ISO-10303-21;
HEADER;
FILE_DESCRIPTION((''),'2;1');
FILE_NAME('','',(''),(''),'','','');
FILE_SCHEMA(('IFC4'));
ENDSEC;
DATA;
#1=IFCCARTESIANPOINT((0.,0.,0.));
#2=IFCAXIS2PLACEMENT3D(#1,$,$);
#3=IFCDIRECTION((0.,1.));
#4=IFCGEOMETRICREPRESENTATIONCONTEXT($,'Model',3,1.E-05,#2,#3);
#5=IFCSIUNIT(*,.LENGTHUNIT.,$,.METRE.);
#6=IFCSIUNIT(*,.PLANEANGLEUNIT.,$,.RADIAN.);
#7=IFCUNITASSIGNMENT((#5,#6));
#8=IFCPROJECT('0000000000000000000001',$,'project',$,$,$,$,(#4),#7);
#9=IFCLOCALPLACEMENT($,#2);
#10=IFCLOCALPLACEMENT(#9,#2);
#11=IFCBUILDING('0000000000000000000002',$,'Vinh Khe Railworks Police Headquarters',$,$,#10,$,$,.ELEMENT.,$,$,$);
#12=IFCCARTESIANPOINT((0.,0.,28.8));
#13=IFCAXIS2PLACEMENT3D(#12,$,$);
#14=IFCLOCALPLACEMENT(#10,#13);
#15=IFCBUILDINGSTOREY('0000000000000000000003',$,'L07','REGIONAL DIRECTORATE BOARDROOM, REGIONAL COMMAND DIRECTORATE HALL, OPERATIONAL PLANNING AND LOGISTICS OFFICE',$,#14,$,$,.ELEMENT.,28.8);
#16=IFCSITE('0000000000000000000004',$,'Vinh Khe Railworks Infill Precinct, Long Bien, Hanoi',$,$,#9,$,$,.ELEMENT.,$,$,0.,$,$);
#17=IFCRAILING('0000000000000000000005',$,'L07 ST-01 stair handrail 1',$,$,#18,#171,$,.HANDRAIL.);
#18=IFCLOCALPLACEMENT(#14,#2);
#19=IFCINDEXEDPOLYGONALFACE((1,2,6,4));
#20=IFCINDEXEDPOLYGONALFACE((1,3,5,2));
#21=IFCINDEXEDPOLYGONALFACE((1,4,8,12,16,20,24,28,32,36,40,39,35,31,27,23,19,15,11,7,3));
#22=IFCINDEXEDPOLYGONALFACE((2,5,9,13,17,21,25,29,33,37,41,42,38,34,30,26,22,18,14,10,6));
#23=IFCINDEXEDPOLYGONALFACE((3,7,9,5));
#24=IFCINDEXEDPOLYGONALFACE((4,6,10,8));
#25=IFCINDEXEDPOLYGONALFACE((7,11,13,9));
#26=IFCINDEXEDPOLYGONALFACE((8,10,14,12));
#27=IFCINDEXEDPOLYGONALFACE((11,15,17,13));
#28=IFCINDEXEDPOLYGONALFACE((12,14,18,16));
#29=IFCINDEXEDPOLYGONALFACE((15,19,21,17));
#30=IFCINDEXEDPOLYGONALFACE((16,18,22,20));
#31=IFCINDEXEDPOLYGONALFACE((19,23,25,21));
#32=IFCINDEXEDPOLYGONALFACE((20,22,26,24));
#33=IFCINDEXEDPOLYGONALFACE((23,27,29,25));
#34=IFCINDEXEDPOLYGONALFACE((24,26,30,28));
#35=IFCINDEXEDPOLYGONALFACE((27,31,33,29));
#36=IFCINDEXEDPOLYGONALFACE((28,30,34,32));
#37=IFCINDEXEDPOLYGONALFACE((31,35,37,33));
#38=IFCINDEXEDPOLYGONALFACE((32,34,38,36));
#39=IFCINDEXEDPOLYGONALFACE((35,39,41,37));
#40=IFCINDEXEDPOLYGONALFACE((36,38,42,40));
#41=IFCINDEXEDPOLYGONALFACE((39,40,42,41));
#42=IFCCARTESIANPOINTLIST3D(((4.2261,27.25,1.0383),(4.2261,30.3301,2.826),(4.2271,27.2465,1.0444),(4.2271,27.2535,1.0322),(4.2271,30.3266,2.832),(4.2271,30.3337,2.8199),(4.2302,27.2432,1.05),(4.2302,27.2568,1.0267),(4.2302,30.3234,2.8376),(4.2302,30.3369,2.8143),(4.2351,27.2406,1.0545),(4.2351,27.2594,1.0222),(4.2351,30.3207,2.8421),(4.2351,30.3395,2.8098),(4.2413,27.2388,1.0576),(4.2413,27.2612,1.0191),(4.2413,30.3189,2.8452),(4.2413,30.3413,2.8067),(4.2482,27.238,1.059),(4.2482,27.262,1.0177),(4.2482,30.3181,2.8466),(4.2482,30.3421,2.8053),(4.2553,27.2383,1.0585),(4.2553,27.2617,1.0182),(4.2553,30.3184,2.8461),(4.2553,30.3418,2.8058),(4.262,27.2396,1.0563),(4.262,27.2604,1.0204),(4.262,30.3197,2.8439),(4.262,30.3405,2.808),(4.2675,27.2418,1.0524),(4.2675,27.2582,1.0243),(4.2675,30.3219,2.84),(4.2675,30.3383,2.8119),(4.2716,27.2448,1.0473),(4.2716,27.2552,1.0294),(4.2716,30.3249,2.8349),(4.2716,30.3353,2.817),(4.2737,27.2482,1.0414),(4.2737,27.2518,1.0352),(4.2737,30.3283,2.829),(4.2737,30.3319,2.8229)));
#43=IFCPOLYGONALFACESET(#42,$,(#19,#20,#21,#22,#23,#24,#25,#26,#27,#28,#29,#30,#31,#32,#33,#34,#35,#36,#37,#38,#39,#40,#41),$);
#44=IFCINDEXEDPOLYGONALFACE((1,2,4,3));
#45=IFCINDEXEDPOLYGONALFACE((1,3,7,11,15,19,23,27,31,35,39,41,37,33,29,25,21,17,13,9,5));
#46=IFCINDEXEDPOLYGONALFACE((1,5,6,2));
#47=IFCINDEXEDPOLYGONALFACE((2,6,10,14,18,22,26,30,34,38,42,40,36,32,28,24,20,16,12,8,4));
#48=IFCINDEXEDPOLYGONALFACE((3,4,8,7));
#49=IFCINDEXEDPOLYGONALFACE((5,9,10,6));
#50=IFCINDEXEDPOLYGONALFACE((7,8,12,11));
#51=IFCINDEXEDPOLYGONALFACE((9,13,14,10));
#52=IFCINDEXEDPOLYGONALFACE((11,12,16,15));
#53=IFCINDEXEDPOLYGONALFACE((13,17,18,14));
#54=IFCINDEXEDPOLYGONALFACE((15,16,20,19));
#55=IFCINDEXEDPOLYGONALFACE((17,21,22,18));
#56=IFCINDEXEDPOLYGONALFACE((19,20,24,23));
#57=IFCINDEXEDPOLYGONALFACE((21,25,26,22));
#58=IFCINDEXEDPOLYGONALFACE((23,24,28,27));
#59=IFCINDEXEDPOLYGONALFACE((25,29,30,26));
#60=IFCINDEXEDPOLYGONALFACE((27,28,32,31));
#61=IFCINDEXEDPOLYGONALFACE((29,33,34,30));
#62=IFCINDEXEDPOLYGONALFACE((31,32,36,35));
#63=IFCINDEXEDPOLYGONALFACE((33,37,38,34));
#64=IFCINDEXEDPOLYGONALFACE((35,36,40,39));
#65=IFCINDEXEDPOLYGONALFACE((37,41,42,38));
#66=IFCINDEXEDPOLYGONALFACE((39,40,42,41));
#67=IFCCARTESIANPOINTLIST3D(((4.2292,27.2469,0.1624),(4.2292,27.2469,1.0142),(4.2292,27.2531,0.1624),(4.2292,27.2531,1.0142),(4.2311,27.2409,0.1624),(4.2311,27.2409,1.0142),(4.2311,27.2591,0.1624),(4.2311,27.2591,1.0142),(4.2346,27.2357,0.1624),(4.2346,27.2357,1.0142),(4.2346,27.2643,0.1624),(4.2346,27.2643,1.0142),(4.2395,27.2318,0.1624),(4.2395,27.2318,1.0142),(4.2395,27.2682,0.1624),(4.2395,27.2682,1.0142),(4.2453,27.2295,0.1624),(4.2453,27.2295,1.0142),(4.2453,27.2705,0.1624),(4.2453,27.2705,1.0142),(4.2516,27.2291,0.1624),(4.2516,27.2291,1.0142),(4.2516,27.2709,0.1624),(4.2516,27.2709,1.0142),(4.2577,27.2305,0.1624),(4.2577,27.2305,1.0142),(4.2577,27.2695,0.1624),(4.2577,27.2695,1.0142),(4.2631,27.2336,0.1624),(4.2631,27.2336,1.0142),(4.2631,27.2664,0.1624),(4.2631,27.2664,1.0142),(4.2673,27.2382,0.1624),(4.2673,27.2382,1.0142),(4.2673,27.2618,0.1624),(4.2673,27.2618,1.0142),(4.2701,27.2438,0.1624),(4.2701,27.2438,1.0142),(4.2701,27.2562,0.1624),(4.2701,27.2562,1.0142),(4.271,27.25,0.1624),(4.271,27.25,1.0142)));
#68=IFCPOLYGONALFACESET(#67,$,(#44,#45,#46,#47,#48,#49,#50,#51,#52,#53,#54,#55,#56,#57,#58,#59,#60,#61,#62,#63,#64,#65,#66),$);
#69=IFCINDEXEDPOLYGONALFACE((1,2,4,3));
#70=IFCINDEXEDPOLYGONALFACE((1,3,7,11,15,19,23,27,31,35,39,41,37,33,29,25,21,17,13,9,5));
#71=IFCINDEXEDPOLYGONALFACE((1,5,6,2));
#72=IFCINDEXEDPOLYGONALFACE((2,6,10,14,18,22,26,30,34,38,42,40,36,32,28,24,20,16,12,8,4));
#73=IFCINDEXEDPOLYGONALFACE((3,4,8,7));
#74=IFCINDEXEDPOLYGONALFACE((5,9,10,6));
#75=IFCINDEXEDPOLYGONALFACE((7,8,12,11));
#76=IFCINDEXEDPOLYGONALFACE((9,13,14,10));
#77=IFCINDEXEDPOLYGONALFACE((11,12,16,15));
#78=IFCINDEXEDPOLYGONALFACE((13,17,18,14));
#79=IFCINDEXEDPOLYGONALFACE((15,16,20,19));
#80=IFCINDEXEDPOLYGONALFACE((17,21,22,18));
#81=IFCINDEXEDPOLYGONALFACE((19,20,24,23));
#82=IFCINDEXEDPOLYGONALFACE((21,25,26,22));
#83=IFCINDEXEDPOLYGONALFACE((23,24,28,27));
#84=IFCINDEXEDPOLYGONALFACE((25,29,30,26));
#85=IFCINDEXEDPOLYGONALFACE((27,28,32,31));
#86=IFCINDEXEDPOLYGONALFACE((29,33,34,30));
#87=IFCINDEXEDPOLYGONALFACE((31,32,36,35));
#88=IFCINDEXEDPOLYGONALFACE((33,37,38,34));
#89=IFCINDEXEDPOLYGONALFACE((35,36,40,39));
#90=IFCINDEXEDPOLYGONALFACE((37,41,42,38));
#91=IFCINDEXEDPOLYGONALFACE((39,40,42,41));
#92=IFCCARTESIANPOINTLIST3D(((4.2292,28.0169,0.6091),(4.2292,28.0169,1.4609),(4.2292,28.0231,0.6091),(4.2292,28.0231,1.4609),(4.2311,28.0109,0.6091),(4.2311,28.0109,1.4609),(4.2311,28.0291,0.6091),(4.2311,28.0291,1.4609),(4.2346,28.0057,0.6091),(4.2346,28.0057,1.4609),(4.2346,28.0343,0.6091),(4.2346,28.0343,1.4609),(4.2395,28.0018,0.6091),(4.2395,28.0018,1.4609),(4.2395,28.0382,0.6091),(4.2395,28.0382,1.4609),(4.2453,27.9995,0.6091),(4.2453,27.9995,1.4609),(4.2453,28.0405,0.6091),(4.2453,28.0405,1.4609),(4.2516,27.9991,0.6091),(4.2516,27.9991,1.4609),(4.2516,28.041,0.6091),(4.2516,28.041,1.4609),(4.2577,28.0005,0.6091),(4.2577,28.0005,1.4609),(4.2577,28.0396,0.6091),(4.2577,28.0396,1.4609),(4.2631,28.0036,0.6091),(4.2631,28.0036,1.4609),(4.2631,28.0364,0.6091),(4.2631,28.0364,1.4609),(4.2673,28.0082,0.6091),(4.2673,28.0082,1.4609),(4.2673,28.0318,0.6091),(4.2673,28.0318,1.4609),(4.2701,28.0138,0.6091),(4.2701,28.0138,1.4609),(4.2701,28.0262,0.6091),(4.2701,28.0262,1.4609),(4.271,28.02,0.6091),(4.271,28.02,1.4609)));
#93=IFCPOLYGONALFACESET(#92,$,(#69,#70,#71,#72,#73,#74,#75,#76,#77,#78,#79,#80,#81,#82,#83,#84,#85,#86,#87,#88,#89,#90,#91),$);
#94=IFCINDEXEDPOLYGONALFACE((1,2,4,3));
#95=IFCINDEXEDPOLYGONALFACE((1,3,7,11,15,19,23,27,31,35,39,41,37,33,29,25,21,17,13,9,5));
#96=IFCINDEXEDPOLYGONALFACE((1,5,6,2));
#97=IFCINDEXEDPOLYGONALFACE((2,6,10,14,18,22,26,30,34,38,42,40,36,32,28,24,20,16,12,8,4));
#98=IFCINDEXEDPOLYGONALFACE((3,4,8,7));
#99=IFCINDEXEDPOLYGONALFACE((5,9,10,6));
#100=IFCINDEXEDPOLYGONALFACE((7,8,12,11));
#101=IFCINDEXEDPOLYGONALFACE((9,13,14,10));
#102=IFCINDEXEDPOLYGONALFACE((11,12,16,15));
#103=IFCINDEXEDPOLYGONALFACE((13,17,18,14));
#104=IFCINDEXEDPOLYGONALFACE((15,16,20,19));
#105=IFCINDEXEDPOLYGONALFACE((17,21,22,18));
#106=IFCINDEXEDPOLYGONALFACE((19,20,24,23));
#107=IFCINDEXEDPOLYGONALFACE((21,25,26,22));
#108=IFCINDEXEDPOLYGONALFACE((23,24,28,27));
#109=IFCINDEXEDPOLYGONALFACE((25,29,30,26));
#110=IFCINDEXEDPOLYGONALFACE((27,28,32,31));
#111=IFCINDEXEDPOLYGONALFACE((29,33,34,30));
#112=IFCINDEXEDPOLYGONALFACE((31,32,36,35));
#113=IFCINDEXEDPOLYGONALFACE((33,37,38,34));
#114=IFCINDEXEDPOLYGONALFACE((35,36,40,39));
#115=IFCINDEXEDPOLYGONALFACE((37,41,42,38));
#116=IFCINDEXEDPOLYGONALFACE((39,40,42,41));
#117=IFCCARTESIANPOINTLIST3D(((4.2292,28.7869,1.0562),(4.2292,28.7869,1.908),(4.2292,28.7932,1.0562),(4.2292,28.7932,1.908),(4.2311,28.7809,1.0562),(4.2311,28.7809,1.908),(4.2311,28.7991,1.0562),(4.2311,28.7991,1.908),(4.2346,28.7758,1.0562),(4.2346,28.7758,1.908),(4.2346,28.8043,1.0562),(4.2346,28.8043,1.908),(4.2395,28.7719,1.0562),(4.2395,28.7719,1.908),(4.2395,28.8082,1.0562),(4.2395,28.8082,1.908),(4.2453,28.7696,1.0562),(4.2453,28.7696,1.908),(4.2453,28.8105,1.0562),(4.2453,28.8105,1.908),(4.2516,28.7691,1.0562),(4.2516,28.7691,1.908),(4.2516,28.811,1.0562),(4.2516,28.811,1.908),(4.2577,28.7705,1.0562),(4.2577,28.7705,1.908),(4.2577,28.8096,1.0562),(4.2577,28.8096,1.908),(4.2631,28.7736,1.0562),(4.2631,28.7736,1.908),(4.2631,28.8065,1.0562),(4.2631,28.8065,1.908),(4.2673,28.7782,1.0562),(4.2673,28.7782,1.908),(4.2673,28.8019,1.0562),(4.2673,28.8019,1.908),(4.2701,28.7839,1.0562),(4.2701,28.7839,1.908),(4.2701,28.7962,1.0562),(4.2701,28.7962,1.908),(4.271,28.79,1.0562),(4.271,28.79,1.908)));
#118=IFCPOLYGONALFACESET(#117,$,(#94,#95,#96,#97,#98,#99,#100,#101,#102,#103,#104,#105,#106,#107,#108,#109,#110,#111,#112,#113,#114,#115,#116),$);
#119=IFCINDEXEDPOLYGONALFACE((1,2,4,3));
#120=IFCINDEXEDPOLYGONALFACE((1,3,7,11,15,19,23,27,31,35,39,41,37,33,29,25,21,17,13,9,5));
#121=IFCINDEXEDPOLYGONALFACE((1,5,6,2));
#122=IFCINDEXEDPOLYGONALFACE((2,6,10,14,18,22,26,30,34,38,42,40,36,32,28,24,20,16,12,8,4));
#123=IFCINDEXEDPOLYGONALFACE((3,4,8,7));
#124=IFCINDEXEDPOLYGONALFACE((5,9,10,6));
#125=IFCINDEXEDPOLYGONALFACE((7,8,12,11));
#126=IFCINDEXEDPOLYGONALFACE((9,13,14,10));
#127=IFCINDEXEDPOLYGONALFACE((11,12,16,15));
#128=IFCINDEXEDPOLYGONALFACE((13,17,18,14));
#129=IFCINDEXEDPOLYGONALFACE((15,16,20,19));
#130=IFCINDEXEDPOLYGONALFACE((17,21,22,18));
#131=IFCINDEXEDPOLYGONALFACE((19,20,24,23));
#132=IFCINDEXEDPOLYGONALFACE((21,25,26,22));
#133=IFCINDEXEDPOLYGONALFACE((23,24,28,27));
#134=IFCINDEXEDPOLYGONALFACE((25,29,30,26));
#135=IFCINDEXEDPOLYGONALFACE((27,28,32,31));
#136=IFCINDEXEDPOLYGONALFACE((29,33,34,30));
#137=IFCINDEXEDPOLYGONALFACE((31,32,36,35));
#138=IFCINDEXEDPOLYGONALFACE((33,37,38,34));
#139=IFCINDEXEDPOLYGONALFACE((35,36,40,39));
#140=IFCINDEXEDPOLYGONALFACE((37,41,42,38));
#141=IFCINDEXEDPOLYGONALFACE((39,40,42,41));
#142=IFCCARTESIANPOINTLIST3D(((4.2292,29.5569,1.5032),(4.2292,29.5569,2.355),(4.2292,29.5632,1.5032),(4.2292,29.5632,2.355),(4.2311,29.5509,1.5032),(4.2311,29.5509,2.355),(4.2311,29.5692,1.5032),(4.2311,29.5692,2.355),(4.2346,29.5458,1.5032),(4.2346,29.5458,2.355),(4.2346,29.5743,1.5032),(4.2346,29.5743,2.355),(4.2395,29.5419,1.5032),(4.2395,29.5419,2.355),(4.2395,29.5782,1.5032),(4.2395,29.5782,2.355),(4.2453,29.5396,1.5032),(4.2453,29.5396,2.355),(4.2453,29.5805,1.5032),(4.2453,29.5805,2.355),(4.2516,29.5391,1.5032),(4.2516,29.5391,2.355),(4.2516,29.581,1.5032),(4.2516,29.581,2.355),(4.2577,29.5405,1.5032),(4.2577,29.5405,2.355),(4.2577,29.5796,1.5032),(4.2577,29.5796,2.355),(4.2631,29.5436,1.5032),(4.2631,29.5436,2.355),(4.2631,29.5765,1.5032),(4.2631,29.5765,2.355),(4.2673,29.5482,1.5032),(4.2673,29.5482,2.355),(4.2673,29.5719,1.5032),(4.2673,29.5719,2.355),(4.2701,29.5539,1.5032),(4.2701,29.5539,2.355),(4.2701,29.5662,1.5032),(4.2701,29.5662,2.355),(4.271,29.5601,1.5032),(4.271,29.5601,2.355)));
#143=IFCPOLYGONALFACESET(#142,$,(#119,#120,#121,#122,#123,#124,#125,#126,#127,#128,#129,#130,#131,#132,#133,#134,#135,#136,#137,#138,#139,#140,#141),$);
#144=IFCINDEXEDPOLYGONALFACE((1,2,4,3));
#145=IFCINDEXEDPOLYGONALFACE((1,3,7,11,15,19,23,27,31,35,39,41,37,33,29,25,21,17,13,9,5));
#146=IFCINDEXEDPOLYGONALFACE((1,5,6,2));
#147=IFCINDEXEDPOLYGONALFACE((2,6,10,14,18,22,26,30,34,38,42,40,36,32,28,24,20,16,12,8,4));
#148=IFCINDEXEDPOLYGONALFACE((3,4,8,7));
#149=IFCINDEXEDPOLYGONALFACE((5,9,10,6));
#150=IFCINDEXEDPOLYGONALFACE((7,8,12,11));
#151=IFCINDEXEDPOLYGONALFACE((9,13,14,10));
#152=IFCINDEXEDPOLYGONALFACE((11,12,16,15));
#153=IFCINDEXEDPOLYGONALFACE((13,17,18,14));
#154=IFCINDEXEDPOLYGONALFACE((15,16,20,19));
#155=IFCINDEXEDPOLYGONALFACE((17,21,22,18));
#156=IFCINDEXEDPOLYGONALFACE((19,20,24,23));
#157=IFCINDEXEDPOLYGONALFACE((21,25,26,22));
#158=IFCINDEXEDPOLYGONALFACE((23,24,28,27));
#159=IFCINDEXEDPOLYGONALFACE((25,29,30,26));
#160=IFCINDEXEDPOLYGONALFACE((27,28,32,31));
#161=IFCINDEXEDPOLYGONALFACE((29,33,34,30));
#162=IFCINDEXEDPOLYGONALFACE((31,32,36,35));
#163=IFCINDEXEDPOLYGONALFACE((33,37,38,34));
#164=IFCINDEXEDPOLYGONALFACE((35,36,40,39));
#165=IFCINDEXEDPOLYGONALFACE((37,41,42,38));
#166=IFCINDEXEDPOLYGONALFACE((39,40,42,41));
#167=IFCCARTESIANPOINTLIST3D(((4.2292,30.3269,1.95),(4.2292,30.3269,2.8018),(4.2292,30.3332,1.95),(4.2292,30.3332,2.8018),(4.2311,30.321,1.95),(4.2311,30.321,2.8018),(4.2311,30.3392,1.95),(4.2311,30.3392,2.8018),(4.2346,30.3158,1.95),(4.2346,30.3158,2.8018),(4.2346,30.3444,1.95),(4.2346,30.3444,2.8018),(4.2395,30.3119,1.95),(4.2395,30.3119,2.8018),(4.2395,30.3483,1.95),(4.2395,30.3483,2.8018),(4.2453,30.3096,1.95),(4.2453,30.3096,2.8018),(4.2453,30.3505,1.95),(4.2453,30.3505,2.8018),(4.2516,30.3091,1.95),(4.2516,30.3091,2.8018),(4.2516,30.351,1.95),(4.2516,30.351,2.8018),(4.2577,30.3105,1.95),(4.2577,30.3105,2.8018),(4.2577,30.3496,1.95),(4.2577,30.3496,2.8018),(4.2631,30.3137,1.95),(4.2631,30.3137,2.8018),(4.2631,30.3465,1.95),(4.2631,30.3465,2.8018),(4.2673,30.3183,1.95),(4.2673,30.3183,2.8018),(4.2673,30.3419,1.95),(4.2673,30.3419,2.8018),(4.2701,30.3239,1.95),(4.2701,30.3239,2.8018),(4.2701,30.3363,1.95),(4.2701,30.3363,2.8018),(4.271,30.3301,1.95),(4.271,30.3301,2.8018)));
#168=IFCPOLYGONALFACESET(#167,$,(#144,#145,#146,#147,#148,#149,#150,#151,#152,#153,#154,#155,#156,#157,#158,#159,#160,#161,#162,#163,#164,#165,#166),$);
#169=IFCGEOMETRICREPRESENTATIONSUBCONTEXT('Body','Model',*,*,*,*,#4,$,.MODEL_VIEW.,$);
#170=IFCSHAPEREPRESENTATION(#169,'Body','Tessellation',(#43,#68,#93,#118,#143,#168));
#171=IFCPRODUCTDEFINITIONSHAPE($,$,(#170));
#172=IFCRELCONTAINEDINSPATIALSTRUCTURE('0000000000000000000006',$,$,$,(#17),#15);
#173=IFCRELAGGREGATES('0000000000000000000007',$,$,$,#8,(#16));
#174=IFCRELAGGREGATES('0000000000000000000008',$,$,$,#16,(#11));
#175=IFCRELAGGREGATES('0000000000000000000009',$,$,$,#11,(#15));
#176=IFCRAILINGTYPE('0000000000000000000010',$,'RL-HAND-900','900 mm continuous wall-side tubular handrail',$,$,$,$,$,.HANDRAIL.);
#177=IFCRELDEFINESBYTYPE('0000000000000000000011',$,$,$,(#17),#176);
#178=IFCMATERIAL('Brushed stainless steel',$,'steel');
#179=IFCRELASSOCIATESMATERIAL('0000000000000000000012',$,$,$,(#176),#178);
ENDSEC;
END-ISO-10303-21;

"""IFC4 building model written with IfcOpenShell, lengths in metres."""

from ifc_helpers import new_model, si_unit, direction, frame, origin, origin_2d, place, context, subcontext, project, spatial, circle, extrude, material, type_object, element, save


model = new_model("IFC4")

# Units and contexts
model_context = context("Model", 3, precision=1e-05, world=origin(), true_north=direction((0.0, 1.0)))
body_context = subcontext(model_context, "Body", "Model", "MODEL_VIEW")
ifc_project = project(units=[si_unit("LENGTHUNIT", "METRE"), si_unit("PLANEANGLEUNIT", "RADIAN")], contexts=[model_context])

# Site, building, storey
site_placement = place(None, origin())
site = spatial("IfcSite", under=ifc_project, at=site_placement, Name="Vinh Khe Railworks Infill Precinct, Long Bien, Hanoi", CompositionType="ELEMENT", RefElevation=0.0)
building_placement = place(site_placement, origin())
building = spatial("IfcBuilding", under=site, at=building_placement, Name="Vinh Khe Railworks Police Headquarters", CompositionType="ELEMENT")
storey_placement = place(building_placement, frame((0.0, 0.0, 28.8)))
storey = spatial("IfcBuildingStorey", under=building, at=storey_placement, Name="L07", Description="REGIONAL DIRECTORATE BOARDROOM, REGIONAL COMMAND DIRECTORATE HALL, OPERATIONAL PLANNING AND LOGISTICS OFFICE", CompositionType="ELEMENT", Elevation=28.8)

# Railing
ifc_material_1 = material(Name="Brushed stainless steel", Category="steel")
railing_type = type_object("IfcRailingType", Name="RL-HAND-900", Description="900 mm continuous wall-side tubular handrail", PredefinedType="HANDRAIL", material=ifc_material_1)
railing_placement = place(storey_placement, frame((4.25, 27.25, 0.1624)))
element("IfcRailing", 1, at=railing_placement, inside=storey, type_object=railing_type, Name="L07 ST-01 stair handrail 1", PredefinedType="HANDRAIL", context=body_context, shape_type="SweptSolid", body=[
    extrude(circle(Radius=0.0239, at=origin_2d()), frame((0.0, 0.0, 0.876), z_axis=(0.0, 0.864891, 0.50196), x_axis=(-1.0, 0.0, 0.0)), (0.0, 0.0, 1.0), 3.5613),
    extrude(circle(Radius=0.021, at=origin_2d()), origin(), (0.0, 0.0, 1.0), 0.8518),
    extrude(circle(Radius=0.021, at=origin_2d()), frame((0.0, 0.77, 0.4468)), (0.0, 0.0, 1.0), 0.8518),
    extrude(circle(Radius=0.021, at=origin_2d()), frame((0.0, 1.54, 0.8938)), (0.0, 0.0, 1.0), 0.8518),
    extrude(circle(Radius=0.021, at=origin_2d()), frame((0.0, 2.3101, 1.3408)), (0.0, 0.0, 1.0), 0.8518),
    extrude(circle(Radius=0.021, at=origin_2d()), frame((0.0, 3.0801, 1.7876)), (0.0, 0.0, 1.0), 0.8518),
])

save(model, "model.ifc")
